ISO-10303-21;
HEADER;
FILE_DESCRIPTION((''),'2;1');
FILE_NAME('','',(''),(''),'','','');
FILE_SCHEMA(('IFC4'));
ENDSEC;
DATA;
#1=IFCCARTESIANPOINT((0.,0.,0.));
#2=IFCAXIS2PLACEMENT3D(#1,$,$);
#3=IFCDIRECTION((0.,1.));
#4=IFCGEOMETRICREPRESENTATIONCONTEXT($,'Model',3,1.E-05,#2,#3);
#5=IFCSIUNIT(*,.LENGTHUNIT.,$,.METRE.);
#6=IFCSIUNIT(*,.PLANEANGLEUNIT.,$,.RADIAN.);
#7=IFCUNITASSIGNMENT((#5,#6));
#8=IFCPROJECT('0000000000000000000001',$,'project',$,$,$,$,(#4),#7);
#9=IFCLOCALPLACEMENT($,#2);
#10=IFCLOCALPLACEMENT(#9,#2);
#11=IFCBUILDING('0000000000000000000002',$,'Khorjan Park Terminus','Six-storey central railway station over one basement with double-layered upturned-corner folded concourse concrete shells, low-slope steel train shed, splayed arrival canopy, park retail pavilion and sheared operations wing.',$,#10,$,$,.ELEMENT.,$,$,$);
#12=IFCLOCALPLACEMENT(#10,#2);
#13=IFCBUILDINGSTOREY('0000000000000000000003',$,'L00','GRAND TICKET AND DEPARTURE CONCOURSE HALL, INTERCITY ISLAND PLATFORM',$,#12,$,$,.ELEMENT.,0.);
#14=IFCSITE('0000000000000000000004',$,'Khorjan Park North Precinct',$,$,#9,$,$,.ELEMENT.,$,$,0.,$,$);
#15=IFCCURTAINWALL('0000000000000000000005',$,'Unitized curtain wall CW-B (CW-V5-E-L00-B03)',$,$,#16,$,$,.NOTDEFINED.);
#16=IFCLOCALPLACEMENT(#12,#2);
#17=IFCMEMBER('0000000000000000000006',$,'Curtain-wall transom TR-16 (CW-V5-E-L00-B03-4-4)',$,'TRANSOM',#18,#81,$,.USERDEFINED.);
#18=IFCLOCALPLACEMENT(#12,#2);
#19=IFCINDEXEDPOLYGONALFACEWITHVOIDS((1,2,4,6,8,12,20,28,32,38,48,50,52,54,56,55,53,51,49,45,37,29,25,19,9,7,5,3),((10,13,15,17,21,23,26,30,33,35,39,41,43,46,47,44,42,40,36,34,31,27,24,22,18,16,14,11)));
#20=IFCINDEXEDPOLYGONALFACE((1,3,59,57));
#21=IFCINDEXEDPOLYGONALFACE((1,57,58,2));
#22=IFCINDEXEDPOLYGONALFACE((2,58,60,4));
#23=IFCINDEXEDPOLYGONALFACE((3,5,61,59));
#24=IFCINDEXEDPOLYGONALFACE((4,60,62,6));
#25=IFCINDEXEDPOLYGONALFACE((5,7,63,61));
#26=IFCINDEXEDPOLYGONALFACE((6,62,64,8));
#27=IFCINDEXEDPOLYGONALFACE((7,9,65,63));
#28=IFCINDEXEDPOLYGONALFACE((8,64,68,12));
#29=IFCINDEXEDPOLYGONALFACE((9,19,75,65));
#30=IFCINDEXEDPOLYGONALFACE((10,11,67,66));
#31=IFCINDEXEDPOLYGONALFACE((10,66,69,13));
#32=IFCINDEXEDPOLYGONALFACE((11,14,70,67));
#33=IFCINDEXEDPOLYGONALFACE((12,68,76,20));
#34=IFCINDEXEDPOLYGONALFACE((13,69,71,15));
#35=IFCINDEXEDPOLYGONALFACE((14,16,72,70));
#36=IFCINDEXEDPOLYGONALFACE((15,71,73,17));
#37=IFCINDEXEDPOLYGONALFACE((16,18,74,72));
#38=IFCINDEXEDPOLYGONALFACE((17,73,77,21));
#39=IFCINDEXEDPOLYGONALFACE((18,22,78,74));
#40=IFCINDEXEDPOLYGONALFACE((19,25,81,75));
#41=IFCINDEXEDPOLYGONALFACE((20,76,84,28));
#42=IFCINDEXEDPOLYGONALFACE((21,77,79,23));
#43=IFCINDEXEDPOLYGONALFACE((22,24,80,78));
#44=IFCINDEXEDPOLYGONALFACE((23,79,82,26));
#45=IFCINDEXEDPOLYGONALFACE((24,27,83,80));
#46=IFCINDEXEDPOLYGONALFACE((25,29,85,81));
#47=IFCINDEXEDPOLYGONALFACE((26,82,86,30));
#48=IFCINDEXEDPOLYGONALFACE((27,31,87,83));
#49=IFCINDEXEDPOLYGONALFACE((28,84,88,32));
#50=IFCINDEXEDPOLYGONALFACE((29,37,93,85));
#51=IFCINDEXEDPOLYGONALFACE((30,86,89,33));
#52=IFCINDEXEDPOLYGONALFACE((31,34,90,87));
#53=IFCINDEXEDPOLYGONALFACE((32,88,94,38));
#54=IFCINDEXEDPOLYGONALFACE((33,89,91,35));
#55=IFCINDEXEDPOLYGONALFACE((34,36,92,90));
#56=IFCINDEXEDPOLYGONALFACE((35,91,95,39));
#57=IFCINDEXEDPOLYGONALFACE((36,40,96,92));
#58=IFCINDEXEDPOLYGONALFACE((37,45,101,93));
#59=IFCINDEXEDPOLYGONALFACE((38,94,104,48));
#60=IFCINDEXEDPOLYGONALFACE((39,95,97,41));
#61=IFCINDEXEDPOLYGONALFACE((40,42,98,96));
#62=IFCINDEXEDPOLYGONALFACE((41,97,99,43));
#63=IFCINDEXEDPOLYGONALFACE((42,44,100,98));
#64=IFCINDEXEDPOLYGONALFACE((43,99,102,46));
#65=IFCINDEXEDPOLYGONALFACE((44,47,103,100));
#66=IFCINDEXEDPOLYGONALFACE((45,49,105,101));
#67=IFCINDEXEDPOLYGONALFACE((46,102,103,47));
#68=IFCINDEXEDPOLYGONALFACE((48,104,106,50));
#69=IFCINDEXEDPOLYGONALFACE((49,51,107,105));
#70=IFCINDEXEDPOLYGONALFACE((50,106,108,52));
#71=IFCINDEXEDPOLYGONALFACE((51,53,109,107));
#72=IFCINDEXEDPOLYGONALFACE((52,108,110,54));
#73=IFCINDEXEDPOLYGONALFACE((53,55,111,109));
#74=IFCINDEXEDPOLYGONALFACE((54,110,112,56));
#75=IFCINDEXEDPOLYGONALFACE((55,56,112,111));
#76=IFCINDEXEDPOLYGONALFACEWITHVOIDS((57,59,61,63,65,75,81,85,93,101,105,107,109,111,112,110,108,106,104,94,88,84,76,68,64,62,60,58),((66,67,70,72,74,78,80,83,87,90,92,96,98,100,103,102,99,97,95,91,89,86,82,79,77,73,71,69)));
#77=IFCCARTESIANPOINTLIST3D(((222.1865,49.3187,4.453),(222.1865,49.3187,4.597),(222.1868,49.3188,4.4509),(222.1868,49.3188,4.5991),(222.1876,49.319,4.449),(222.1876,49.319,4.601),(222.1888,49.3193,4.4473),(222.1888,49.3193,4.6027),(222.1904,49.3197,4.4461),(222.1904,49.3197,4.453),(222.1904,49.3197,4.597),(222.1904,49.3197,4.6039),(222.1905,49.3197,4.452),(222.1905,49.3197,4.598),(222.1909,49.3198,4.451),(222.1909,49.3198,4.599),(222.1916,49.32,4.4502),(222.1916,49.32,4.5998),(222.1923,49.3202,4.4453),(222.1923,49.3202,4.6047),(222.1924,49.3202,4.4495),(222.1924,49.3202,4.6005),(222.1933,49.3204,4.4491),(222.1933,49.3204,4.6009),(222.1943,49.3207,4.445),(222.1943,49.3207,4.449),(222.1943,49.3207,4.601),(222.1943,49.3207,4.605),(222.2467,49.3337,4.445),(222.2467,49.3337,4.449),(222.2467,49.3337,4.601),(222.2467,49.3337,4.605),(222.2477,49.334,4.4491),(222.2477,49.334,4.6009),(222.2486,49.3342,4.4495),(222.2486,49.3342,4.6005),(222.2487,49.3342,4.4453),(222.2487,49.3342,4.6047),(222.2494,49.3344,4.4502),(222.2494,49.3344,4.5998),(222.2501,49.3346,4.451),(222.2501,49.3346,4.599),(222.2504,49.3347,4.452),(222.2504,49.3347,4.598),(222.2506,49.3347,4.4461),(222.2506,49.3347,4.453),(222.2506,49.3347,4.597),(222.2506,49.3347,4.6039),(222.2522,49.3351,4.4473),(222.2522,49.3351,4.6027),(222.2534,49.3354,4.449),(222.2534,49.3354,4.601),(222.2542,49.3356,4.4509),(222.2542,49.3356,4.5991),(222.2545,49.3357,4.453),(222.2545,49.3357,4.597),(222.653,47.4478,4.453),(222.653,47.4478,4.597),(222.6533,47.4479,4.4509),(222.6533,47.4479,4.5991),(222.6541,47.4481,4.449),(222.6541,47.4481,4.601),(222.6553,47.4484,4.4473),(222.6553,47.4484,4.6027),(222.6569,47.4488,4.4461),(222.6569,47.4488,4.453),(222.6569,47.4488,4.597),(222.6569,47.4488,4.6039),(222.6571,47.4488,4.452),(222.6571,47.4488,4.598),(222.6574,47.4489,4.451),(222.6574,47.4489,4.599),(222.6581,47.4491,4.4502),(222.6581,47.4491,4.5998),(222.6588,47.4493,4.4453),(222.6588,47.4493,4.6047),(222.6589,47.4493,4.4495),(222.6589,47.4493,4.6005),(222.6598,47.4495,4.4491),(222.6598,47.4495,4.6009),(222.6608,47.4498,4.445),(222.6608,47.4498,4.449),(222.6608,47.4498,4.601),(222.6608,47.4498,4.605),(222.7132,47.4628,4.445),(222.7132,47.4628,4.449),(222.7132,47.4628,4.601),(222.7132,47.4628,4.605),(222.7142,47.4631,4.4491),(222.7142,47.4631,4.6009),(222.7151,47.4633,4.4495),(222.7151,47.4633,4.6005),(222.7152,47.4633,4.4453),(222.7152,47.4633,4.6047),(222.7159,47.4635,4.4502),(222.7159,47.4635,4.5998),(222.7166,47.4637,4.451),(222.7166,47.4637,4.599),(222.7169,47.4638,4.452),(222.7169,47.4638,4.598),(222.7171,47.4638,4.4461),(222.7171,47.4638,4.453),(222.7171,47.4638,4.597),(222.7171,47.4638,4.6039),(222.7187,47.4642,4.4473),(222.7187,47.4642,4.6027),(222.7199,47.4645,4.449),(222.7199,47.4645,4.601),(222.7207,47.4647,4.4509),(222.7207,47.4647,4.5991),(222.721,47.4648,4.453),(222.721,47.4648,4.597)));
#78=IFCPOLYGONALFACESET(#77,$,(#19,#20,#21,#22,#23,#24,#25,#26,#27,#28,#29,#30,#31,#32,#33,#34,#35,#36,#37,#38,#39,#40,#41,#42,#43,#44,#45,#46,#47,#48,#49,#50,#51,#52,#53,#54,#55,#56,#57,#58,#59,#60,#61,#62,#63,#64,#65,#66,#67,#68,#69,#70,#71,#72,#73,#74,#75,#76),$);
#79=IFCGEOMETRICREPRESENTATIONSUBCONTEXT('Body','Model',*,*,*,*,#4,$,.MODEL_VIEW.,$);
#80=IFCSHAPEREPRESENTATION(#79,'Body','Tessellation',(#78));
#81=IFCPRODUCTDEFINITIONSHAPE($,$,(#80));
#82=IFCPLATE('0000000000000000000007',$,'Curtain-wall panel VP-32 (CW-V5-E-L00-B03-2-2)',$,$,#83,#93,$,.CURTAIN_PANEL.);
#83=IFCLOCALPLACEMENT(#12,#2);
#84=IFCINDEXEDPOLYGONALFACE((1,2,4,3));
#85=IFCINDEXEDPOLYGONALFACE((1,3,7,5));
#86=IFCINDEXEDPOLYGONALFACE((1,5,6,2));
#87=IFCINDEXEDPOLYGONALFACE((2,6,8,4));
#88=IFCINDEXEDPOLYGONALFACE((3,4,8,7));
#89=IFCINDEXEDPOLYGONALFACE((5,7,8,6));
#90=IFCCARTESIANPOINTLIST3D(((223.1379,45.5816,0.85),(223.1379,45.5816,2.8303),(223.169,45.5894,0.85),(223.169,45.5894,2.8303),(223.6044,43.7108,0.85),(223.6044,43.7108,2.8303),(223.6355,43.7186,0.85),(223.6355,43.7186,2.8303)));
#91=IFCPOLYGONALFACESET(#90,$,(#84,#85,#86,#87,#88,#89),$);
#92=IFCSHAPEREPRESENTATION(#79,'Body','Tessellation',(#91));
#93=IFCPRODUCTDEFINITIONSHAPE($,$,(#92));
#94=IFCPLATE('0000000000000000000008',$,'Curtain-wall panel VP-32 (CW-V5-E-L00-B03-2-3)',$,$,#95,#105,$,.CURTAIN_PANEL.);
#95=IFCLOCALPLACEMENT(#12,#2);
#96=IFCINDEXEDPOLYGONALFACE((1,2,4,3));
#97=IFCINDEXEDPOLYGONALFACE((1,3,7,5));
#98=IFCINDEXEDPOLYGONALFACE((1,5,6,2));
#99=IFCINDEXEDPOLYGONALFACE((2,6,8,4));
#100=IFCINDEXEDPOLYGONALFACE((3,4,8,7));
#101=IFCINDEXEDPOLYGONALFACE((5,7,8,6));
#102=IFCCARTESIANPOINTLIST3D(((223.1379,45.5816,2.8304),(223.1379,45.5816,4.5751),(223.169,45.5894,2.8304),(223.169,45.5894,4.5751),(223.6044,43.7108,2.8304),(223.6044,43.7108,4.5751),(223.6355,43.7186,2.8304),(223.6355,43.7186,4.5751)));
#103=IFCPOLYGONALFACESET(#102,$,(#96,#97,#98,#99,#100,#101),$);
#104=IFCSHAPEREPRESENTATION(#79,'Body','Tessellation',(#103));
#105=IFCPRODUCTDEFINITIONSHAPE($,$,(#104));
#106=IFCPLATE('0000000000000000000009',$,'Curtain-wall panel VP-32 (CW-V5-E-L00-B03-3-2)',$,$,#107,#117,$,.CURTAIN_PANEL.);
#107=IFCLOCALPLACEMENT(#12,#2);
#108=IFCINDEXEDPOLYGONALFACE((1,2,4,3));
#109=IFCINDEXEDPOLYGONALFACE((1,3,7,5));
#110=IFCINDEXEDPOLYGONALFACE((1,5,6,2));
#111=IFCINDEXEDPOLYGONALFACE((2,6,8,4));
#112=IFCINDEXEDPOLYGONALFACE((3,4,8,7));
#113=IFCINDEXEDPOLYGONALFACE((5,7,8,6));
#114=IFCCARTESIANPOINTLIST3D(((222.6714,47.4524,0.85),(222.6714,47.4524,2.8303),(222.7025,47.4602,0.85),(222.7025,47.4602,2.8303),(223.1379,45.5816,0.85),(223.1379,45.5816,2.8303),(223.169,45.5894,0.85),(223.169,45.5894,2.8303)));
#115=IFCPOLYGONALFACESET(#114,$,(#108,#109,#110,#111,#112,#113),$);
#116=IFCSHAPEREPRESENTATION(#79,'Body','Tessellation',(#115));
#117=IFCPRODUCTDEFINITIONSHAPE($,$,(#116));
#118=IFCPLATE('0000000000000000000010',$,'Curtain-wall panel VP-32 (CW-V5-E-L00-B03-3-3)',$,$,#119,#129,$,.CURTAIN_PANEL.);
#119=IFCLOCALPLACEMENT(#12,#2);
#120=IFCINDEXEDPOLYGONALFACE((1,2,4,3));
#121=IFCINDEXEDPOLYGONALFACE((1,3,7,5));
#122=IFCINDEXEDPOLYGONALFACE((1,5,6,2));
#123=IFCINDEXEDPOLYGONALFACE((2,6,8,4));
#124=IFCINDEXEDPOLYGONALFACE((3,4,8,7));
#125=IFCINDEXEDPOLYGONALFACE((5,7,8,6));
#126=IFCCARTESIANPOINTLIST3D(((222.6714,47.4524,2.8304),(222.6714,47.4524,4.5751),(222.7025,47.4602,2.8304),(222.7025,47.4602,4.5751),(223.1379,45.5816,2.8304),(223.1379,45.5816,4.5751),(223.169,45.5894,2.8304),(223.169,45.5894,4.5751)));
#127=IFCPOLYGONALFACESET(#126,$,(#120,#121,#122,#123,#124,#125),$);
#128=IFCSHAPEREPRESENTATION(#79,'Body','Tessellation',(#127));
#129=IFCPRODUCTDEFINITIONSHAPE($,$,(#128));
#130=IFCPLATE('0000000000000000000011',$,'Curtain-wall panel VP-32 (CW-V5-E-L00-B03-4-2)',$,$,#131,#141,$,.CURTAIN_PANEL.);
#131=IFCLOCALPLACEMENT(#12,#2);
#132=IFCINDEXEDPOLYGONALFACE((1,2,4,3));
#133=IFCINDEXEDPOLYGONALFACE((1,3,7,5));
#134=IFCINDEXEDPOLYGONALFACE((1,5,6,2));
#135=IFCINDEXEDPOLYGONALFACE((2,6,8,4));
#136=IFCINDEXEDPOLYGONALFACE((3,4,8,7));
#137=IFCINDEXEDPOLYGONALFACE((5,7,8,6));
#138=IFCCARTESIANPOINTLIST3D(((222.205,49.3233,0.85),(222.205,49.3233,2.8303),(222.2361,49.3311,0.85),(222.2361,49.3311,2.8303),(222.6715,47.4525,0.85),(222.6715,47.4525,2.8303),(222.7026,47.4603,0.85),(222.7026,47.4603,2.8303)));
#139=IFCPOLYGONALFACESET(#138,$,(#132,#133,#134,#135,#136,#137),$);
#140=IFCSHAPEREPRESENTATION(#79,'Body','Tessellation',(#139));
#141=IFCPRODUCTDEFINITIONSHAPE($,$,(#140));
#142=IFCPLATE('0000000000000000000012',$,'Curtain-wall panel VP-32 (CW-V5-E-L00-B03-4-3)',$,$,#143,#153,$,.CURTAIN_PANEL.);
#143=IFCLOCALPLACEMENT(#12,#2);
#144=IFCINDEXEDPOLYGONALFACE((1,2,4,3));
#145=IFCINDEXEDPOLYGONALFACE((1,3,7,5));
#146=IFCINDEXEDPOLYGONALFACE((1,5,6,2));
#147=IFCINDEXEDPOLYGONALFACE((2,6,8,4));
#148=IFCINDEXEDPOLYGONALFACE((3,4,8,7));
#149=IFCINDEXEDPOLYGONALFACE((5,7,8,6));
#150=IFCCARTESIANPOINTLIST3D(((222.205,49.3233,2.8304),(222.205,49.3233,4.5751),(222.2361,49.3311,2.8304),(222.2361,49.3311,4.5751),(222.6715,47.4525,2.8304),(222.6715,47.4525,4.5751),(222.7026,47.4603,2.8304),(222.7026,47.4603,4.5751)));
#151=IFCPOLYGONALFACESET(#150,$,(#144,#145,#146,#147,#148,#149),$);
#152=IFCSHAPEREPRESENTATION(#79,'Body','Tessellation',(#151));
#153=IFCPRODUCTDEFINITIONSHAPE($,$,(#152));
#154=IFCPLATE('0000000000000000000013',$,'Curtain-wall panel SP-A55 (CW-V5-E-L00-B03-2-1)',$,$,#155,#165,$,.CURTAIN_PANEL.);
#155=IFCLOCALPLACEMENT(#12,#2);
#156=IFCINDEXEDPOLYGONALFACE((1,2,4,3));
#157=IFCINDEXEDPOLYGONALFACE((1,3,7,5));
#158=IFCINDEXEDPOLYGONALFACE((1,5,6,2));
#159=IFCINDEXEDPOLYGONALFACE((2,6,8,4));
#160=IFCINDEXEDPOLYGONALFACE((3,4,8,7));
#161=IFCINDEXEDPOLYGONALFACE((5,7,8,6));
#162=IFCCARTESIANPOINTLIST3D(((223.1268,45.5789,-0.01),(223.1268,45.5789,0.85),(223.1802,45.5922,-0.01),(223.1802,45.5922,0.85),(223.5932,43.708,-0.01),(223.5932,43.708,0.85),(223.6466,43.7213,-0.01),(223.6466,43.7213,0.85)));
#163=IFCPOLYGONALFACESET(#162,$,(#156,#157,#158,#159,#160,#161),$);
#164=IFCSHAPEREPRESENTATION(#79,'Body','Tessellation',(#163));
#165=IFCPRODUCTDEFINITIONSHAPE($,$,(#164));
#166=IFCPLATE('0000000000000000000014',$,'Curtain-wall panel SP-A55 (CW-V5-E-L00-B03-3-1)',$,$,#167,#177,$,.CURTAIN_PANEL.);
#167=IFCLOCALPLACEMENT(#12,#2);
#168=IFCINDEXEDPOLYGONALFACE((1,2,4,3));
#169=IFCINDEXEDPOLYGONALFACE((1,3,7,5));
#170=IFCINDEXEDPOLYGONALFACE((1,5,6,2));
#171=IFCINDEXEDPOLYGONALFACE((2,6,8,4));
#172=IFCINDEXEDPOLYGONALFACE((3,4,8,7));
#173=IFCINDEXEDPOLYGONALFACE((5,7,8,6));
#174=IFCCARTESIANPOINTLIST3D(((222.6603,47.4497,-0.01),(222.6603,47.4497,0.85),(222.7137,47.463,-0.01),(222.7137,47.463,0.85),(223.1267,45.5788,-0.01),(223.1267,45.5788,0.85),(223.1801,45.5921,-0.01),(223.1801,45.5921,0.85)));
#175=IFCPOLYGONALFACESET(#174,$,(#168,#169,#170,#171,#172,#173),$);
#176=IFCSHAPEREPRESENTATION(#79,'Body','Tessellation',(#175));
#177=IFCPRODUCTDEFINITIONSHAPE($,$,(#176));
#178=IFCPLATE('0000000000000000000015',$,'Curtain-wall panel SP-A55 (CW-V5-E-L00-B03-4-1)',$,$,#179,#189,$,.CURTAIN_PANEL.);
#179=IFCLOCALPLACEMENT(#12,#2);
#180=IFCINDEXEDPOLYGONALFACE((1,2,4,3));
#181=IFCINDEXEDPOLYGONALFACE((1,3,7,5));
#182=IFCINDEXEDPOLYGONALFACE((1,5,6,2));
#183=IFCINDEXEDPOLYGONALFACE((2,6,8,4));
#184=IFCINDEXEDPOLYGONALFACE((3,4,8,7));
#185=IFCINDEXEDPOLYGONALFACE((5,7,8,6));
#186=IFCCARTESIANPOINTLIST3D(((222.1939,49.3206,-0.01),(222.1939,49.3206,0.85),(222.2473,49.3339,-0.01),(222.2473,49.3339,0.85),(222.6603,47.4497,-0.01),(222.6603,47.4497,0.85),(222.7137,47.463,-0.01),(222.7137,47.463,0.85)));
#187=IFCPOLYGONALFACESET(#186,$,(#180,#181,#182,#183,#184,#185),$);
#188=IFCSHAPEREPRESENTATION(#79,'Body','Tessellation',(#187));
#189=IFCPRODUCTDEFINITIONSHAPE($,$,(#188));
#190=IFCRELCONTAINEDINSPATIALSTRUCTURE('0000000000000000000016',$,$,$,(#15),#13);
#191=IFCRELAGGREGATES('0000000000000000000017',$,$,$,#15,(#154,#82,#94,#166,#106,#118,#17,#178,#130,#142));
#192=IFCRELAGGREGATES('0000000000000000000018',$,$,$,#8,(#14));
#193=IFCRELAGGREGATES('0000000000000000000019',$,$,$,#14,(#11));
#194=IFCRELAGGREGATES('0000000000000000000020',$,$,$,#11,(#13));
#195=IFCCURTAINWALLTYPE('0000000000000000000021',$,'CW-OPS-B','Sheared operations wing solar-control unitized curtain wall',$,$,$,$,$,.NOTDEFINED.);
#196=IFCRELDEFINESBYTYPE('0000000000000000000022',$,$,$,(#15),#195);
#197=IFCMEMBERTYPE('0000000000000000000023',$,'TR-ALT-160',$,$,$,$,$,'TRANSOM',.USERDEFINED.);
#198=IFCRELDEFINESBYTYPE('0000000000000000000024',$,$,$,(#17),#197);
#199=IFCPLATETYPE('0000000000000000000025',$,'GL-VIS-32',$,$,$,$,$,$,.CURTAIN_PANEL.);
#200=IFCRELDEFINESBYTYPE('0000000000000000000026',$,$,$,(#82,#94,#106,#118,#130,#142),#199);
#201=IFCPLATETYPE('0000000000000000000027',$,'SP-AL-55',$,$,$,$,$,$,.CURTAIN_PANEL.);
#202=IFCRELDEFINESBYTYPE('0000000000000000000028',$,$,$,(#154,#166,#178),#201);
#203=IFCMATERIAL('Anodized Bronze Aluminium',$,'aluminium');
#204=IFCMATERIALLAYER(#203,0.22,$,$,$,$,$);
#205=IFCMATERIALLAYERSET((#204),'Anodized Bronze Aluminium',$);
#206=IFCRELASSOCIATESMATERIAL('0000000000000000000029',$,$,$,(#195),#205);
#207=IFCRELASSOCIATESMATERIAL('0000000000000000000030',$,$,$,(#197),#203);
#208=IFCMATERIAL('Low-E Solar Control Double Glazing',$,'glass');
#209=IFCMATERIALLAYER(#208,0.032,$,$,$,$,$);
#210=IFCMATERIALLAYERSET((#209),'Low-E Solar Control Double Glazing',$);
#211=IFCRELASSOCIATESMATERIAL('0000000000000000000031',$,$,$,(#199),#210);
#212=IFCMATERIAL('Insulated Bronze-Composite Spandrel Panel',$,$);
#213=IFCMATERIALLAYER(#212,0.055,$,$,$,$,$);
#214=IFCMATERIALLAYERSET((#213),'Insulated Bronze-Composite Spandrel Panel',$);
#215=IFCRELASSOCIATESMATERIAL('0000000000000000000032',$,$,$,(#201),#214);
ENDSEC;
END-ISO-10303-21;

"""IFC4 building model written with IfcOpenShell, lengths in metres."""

from ifc_helpers import new_model, si_unit, direction, frame, origin, origin_2d, place, context, subcontext, project, spatial, rectangle, hollow_rectangle, extrude, material, layer, layer_set, material_profile, profile_set, type_object, element, aggregate, save


model = new_model("IFC4")

# Units and contexts
model_context = context("Model", 3, precision=1e-05, world=origin(), true_north=direction((0.0, 1.0)))
body_context = subcontext(model_context, "Body", "Model", "MODEL_VIEW")
ifc_project = project(units=[si_unit("LENGTHUNIT", "METRE"), si_unit("PLANEANGLEUNIT", "RADIAN")], contexts=[model_context])

# Site, building, storey
site_placement = place(None, origin())
site = spatial("IfcSite", under=ifc_project, at=site_placement, Name="Khorjan Park North Precinct", CompositionType="ELEMENT", RefElevation=0.0)
building_placement = place(site_placement, origin())
building = spatial("IfcBuilding", under=site, at=building_placement, Name="Khorjan Park Terminus", Description="Six-storey central railway station over one basement with double-layered upturned-corner folded concourse concrete shells, low-slope steel train shed, splayed arrival canopy, park retail pavilion and sheared operations wing.", CompositionType="ELEMENT")
storey_placement = place(building_placement, origin())
storey = spatial("IfcBuildingStorey", under=building, at=storey_placement, Name="L00", Description="GRAND TICKET AND DEPARTURE CONCOURSE HALL, INTERCITY ISLAND PLATFORM", CompositionType="ELEMENT", Elevation=0.0)

# Curtain wall, member, plates
ifc_material_1 = material(Name="Anodized Bronze Aluminium", Category="aluminium")
ifc_layer_1 = layer(ifc_material_1, 0.22)
ifc_layer_set_1 = layer_set([ifc_layer_1], Name="Anodized Bronze Aluminium")
curtain_wall_type = type_object("IfcCurtainWallType", Name="CW-OPS-B", Description="Sheared operations wing solar-control unitized curtain wall", PredefinedType="NOTDEFINED", material=ifc_layer_set_1)
curtain_wall_placement = place(storey_placement, origin())
curtain_wall = element("IfcCurtainWall", 1, at=curtain_wall_placement, inside=storey, type_object=curtain_wall_type, Name="Unitized curtain wall CW-B (CW-V5-E-L00-B03)", PredefinedType="NOTDEFINED")
ifc_material_profile_1 = material_profile(ifc_material_1, hollow_rectangle(XDim=0.07, YDim=0.16, WallThickness=0.004, InnerFilletRadius=0.004, OuterFilletRadius=0.008, at=origin_2d()), Name="ALT 70x160x4")
ifc_profile_set_1 = profile_set([ifc_material_profile_1], Name="Anodized Bronze Aluminium")
member_type_1 = type_object("IfcMemberType", Name="TR-ALT-160", ElementType="TRANSOM", PredefinedType="USERDEFINED", material=ifc_profile_set_1)
member_1_placement = place(storey_placement, frame((222.687, 47.4563, 4.525), z_axis=(-0.241938, 0.970292, 0.0), x_axis=(-0.970292, -0.241938, 0.0)))
member_1 = element("IfcMember", 2, at=member_1_placement, type_object=member_type_1, Name="Curtain-wall transom TR-16 (CW-V5-E-L00-B03-4-4)", ObjectType="TRANSOM", PredefinedType="USERDEFINED", context=body_context, shape_type="SweptSolid", body=[
    extrude(hollow_rectangle(XDim=0.07, YDim=0.16, WallThickness=0.004, InnerFilletRadius=0.004, OuterFilletRadius=0.008, at=origin_2d()), origin(), (0.0, 0.0, 1.0), 1.9282),
])
ifc_material_2 = material(Name="Low-E Solar Control Double Glazing", Category="glass")
ifc_layer_2 = layer(ifc_material_2, 0.032)
ifc_layer_set_2 = layer_set([ifc_layer_2], Name="Low-E Solar Control Double Glazing")
plate_type_1 = type_object("IfcPlateType", Name="GL-VIS-32", PredefinedType="CURTAIN_PANEL", material=ifc_layer_set_2)
plate_1_placement = place(storey_placement, frame((223.3867, 44.6501, 0.85), z_axis=(0.0, 0.0, 1.0), x_axis=(-0.241923, 0.970295, 0.0)))
plate_1 = element("IfcPlate", 3, at=plate_1_placement, type_object=plate_type_1, Name="Curtain-wall panel VP-32 (CW-V5-E-L00-B03-2-2)", PredefinedType="CURTAIN_PANEL", context=body_context, shape_type="SweptSolid", body=[
    extrude(rectangle(XDim=1.9281, YDim=0.032, at=origin_2d()), origin(), (0.0, 0.0, 1.0), 1.9803),
])
plate_2_placement = place(storey_placement, frame((223.3867, 44.6501, 2.8304), z_axis=(0.0, 0.0, 1.0), x_axis=(-0.241923, 0.970295, 0.0)))
plate_2 = element("IfcPlate", 4, at=plate_2_placement, type_object=plate_type_1, Name="Curtain-wall panel VP-32 (CW-V5-E-L00-B03-2-3)", PredefinedType="CURTAIN_PANEL", context=body_context, shape_type="SweptSolid", body=[
    extrude(rectangle(XDim=1.9281, YDim=0.032, at=origin_2d()), origin(), (0.0, 0.0, 1.0), 1.7447),
])
plate_3_placement = place(storey_placement, frame((222.9202, 46.5209, 0.85), z_axis=(0.0, 0.0, 1.0), x_axis=(-0.241923, 0.970295, 0.0)))
plate_3 = element("IfcPlate", 5, at=plate_3_placement, type_object=plate_type_1, Name="Curtain-wall panel VP-32 (CW-V5-E-L00-B03-3-2)", PredefinedType="CURTAIN_PANEL", context=body_context, shape_type="SweptSolid", body=[
    extrude(rectangle(XDim=1.9281, YDim=0.032, at=origin_2d()), origin(), (0.0, 0.0, 1.0), 1.9803),
])
plate_4_placement = place(storey_placement, frame((222.9202, 46.5209, 2.8304), z_axis=(0.0, 0.0, 1.0), x_axis=(-0.241923, 0.970295, 0.0)))
plate_4 = element("IfcPlate", 6, at=plate_4_placement, type_object=plate_type_1, Name="Curtain-wall panel VP-32 (CW-V5-E-L00-B03-3-3)", PredefinedType="CURTAIN_PANEL", context=body_context, shape_type="SweptSolid", body=[
    extrude(rectangle(XDim=1.9281, YDim=0.032, at=origin_2d()), origin(), (0.0, 0.0, 1.0), 1.7447),
])
plate_5_placement = place(storey_placement, frame((222.4538, 48.3918, 0.85), z_axis=(0.0, 0.0, 1.0), x_axis=(-0.241923, 0.970295, 0.0)))
plate_5 = element("IfcPlate", 7, at=plate_5_placement, type_object=plate_type_1, Name="Curtain-wall panel VP-32 (CW-V5-E-L00-B03-4-2)", PredefinedType="CURTAIN_PANEL", context=body_context, shape_type="SweptSolid", body=[
    extrude(rectangle(XDim=1.9281, YDim=0.032, at=origin_2d()), origin(), (0.0, 0.0, 1.0), 1.9803),
])
plate_6_placement = place(storey_placement, frame((222.4538, 48.3918, 2.8304), z_axis=(0.0, 0.0, 1.0), x_axis=(-0.241923, 0.970295, 0.0)))
plate_6 = element("IfcPlate", 8, at=plate_6_placement, type_object=plate_type_1, Name="Curtain-wall panel VP-32 (CW-V5-E-L00-B03-4-3)", PredefinedType="CURTAIN_PANEL", context=body_context, shape_type="SweptSolid", body=[
    extrude(rectangle(XDim=1.9281, YDim=0.032, at=origin_2d()), origin(), (0.0, 0.0, 1.0), 1.7447),
])
ifc_material_3 = material(Name="Insulated Bronze-Composite Spandrel Panel")
ifc_layer_3 = layer(ifc_material_3, 0.055)
ifc_layer_set_3 = layer_set([ifc_layer_3], Name="Insulated Bronze-Composite Spandrel Panel")
plate_type_2 = type_object("IfcPlateType", Name="SP-AL-55", PredefinedType="CURTAIN_PANEL", material=ifc_layer_set_3)
plate_7_placement = place(storey_placement, frame((223.3867, 44.6501, -0.01), z_axis=(0.0, 0.0, 1.0), x_axis=(-0.241923, 0.970295, 0.0)))
plate_7 = element("IfcPlate", 9, at=plate_7_placement, type_object=plate_type_2, Name="Curtain-wall panel SP-A55 (CW-V5-E-L00-B03-2-1)", PredefinedType="CURTAIN_PANEL", context=body_context, shape_type="SweptSolid", body=[
    extrude(rectangle(XDim=1.9281, YDim=0.055, at=origin_2d()), origin(), (0.0, 0.0, 1.0), 0.86),
])
plate_8_placement = place(storey_placement, frame((222.9202, 46.5209, -0.01), z_axis=(0.0, 0.0, 1.0), x_axis=(-0.241923, 0.970295, 0.0)))
plate_8 = element("IfcPlate", 10, at=plate_8_placement, type_object=plate_type_2, Name="Curtain-wall panel SP-A55 (CW-V5-E-L00-B03-3-1)", PredefinedType="CURTAIN_PANEL", context=body_context, shape_type="SweptSolid", body=[
    extrude(rectangle(XDim=1.9281, YDim=0.055, at=origin_2d()), origin(), (0.0, 0.0, 1.0), 0.86),
])
plate_9_placement = place(storey_placement, frame((222.4538, 48.3918, -0.01), z_axis=(0.0, 0.0, 1.0), x_axis=(-0.241923, 0.970295, 0.0)))
plate_9 = element("IfcPlate", 11, at=plate_9_placement, type_object=plate_type_2, Name="Curtain-wall panel SP-A55 (CW-V5-E-L00-B03-4-1)", PredefinedType="CURTAIN_PANEL", context=body_context, shape_type="SweptSolid", body=[
    extrude(rectangle(XDim=1.9281, YDim=0.055, at=origin_2d()), origin(), (0.0, 0.0, 1.0), 0.86),
])
aggregate(curtain_wall, [plate_7, plate_1, plate_2, plate_8, plate_3, plate_4, member_1, plate_9, plate_5, plate_6])

save(model, "model.ifc")
